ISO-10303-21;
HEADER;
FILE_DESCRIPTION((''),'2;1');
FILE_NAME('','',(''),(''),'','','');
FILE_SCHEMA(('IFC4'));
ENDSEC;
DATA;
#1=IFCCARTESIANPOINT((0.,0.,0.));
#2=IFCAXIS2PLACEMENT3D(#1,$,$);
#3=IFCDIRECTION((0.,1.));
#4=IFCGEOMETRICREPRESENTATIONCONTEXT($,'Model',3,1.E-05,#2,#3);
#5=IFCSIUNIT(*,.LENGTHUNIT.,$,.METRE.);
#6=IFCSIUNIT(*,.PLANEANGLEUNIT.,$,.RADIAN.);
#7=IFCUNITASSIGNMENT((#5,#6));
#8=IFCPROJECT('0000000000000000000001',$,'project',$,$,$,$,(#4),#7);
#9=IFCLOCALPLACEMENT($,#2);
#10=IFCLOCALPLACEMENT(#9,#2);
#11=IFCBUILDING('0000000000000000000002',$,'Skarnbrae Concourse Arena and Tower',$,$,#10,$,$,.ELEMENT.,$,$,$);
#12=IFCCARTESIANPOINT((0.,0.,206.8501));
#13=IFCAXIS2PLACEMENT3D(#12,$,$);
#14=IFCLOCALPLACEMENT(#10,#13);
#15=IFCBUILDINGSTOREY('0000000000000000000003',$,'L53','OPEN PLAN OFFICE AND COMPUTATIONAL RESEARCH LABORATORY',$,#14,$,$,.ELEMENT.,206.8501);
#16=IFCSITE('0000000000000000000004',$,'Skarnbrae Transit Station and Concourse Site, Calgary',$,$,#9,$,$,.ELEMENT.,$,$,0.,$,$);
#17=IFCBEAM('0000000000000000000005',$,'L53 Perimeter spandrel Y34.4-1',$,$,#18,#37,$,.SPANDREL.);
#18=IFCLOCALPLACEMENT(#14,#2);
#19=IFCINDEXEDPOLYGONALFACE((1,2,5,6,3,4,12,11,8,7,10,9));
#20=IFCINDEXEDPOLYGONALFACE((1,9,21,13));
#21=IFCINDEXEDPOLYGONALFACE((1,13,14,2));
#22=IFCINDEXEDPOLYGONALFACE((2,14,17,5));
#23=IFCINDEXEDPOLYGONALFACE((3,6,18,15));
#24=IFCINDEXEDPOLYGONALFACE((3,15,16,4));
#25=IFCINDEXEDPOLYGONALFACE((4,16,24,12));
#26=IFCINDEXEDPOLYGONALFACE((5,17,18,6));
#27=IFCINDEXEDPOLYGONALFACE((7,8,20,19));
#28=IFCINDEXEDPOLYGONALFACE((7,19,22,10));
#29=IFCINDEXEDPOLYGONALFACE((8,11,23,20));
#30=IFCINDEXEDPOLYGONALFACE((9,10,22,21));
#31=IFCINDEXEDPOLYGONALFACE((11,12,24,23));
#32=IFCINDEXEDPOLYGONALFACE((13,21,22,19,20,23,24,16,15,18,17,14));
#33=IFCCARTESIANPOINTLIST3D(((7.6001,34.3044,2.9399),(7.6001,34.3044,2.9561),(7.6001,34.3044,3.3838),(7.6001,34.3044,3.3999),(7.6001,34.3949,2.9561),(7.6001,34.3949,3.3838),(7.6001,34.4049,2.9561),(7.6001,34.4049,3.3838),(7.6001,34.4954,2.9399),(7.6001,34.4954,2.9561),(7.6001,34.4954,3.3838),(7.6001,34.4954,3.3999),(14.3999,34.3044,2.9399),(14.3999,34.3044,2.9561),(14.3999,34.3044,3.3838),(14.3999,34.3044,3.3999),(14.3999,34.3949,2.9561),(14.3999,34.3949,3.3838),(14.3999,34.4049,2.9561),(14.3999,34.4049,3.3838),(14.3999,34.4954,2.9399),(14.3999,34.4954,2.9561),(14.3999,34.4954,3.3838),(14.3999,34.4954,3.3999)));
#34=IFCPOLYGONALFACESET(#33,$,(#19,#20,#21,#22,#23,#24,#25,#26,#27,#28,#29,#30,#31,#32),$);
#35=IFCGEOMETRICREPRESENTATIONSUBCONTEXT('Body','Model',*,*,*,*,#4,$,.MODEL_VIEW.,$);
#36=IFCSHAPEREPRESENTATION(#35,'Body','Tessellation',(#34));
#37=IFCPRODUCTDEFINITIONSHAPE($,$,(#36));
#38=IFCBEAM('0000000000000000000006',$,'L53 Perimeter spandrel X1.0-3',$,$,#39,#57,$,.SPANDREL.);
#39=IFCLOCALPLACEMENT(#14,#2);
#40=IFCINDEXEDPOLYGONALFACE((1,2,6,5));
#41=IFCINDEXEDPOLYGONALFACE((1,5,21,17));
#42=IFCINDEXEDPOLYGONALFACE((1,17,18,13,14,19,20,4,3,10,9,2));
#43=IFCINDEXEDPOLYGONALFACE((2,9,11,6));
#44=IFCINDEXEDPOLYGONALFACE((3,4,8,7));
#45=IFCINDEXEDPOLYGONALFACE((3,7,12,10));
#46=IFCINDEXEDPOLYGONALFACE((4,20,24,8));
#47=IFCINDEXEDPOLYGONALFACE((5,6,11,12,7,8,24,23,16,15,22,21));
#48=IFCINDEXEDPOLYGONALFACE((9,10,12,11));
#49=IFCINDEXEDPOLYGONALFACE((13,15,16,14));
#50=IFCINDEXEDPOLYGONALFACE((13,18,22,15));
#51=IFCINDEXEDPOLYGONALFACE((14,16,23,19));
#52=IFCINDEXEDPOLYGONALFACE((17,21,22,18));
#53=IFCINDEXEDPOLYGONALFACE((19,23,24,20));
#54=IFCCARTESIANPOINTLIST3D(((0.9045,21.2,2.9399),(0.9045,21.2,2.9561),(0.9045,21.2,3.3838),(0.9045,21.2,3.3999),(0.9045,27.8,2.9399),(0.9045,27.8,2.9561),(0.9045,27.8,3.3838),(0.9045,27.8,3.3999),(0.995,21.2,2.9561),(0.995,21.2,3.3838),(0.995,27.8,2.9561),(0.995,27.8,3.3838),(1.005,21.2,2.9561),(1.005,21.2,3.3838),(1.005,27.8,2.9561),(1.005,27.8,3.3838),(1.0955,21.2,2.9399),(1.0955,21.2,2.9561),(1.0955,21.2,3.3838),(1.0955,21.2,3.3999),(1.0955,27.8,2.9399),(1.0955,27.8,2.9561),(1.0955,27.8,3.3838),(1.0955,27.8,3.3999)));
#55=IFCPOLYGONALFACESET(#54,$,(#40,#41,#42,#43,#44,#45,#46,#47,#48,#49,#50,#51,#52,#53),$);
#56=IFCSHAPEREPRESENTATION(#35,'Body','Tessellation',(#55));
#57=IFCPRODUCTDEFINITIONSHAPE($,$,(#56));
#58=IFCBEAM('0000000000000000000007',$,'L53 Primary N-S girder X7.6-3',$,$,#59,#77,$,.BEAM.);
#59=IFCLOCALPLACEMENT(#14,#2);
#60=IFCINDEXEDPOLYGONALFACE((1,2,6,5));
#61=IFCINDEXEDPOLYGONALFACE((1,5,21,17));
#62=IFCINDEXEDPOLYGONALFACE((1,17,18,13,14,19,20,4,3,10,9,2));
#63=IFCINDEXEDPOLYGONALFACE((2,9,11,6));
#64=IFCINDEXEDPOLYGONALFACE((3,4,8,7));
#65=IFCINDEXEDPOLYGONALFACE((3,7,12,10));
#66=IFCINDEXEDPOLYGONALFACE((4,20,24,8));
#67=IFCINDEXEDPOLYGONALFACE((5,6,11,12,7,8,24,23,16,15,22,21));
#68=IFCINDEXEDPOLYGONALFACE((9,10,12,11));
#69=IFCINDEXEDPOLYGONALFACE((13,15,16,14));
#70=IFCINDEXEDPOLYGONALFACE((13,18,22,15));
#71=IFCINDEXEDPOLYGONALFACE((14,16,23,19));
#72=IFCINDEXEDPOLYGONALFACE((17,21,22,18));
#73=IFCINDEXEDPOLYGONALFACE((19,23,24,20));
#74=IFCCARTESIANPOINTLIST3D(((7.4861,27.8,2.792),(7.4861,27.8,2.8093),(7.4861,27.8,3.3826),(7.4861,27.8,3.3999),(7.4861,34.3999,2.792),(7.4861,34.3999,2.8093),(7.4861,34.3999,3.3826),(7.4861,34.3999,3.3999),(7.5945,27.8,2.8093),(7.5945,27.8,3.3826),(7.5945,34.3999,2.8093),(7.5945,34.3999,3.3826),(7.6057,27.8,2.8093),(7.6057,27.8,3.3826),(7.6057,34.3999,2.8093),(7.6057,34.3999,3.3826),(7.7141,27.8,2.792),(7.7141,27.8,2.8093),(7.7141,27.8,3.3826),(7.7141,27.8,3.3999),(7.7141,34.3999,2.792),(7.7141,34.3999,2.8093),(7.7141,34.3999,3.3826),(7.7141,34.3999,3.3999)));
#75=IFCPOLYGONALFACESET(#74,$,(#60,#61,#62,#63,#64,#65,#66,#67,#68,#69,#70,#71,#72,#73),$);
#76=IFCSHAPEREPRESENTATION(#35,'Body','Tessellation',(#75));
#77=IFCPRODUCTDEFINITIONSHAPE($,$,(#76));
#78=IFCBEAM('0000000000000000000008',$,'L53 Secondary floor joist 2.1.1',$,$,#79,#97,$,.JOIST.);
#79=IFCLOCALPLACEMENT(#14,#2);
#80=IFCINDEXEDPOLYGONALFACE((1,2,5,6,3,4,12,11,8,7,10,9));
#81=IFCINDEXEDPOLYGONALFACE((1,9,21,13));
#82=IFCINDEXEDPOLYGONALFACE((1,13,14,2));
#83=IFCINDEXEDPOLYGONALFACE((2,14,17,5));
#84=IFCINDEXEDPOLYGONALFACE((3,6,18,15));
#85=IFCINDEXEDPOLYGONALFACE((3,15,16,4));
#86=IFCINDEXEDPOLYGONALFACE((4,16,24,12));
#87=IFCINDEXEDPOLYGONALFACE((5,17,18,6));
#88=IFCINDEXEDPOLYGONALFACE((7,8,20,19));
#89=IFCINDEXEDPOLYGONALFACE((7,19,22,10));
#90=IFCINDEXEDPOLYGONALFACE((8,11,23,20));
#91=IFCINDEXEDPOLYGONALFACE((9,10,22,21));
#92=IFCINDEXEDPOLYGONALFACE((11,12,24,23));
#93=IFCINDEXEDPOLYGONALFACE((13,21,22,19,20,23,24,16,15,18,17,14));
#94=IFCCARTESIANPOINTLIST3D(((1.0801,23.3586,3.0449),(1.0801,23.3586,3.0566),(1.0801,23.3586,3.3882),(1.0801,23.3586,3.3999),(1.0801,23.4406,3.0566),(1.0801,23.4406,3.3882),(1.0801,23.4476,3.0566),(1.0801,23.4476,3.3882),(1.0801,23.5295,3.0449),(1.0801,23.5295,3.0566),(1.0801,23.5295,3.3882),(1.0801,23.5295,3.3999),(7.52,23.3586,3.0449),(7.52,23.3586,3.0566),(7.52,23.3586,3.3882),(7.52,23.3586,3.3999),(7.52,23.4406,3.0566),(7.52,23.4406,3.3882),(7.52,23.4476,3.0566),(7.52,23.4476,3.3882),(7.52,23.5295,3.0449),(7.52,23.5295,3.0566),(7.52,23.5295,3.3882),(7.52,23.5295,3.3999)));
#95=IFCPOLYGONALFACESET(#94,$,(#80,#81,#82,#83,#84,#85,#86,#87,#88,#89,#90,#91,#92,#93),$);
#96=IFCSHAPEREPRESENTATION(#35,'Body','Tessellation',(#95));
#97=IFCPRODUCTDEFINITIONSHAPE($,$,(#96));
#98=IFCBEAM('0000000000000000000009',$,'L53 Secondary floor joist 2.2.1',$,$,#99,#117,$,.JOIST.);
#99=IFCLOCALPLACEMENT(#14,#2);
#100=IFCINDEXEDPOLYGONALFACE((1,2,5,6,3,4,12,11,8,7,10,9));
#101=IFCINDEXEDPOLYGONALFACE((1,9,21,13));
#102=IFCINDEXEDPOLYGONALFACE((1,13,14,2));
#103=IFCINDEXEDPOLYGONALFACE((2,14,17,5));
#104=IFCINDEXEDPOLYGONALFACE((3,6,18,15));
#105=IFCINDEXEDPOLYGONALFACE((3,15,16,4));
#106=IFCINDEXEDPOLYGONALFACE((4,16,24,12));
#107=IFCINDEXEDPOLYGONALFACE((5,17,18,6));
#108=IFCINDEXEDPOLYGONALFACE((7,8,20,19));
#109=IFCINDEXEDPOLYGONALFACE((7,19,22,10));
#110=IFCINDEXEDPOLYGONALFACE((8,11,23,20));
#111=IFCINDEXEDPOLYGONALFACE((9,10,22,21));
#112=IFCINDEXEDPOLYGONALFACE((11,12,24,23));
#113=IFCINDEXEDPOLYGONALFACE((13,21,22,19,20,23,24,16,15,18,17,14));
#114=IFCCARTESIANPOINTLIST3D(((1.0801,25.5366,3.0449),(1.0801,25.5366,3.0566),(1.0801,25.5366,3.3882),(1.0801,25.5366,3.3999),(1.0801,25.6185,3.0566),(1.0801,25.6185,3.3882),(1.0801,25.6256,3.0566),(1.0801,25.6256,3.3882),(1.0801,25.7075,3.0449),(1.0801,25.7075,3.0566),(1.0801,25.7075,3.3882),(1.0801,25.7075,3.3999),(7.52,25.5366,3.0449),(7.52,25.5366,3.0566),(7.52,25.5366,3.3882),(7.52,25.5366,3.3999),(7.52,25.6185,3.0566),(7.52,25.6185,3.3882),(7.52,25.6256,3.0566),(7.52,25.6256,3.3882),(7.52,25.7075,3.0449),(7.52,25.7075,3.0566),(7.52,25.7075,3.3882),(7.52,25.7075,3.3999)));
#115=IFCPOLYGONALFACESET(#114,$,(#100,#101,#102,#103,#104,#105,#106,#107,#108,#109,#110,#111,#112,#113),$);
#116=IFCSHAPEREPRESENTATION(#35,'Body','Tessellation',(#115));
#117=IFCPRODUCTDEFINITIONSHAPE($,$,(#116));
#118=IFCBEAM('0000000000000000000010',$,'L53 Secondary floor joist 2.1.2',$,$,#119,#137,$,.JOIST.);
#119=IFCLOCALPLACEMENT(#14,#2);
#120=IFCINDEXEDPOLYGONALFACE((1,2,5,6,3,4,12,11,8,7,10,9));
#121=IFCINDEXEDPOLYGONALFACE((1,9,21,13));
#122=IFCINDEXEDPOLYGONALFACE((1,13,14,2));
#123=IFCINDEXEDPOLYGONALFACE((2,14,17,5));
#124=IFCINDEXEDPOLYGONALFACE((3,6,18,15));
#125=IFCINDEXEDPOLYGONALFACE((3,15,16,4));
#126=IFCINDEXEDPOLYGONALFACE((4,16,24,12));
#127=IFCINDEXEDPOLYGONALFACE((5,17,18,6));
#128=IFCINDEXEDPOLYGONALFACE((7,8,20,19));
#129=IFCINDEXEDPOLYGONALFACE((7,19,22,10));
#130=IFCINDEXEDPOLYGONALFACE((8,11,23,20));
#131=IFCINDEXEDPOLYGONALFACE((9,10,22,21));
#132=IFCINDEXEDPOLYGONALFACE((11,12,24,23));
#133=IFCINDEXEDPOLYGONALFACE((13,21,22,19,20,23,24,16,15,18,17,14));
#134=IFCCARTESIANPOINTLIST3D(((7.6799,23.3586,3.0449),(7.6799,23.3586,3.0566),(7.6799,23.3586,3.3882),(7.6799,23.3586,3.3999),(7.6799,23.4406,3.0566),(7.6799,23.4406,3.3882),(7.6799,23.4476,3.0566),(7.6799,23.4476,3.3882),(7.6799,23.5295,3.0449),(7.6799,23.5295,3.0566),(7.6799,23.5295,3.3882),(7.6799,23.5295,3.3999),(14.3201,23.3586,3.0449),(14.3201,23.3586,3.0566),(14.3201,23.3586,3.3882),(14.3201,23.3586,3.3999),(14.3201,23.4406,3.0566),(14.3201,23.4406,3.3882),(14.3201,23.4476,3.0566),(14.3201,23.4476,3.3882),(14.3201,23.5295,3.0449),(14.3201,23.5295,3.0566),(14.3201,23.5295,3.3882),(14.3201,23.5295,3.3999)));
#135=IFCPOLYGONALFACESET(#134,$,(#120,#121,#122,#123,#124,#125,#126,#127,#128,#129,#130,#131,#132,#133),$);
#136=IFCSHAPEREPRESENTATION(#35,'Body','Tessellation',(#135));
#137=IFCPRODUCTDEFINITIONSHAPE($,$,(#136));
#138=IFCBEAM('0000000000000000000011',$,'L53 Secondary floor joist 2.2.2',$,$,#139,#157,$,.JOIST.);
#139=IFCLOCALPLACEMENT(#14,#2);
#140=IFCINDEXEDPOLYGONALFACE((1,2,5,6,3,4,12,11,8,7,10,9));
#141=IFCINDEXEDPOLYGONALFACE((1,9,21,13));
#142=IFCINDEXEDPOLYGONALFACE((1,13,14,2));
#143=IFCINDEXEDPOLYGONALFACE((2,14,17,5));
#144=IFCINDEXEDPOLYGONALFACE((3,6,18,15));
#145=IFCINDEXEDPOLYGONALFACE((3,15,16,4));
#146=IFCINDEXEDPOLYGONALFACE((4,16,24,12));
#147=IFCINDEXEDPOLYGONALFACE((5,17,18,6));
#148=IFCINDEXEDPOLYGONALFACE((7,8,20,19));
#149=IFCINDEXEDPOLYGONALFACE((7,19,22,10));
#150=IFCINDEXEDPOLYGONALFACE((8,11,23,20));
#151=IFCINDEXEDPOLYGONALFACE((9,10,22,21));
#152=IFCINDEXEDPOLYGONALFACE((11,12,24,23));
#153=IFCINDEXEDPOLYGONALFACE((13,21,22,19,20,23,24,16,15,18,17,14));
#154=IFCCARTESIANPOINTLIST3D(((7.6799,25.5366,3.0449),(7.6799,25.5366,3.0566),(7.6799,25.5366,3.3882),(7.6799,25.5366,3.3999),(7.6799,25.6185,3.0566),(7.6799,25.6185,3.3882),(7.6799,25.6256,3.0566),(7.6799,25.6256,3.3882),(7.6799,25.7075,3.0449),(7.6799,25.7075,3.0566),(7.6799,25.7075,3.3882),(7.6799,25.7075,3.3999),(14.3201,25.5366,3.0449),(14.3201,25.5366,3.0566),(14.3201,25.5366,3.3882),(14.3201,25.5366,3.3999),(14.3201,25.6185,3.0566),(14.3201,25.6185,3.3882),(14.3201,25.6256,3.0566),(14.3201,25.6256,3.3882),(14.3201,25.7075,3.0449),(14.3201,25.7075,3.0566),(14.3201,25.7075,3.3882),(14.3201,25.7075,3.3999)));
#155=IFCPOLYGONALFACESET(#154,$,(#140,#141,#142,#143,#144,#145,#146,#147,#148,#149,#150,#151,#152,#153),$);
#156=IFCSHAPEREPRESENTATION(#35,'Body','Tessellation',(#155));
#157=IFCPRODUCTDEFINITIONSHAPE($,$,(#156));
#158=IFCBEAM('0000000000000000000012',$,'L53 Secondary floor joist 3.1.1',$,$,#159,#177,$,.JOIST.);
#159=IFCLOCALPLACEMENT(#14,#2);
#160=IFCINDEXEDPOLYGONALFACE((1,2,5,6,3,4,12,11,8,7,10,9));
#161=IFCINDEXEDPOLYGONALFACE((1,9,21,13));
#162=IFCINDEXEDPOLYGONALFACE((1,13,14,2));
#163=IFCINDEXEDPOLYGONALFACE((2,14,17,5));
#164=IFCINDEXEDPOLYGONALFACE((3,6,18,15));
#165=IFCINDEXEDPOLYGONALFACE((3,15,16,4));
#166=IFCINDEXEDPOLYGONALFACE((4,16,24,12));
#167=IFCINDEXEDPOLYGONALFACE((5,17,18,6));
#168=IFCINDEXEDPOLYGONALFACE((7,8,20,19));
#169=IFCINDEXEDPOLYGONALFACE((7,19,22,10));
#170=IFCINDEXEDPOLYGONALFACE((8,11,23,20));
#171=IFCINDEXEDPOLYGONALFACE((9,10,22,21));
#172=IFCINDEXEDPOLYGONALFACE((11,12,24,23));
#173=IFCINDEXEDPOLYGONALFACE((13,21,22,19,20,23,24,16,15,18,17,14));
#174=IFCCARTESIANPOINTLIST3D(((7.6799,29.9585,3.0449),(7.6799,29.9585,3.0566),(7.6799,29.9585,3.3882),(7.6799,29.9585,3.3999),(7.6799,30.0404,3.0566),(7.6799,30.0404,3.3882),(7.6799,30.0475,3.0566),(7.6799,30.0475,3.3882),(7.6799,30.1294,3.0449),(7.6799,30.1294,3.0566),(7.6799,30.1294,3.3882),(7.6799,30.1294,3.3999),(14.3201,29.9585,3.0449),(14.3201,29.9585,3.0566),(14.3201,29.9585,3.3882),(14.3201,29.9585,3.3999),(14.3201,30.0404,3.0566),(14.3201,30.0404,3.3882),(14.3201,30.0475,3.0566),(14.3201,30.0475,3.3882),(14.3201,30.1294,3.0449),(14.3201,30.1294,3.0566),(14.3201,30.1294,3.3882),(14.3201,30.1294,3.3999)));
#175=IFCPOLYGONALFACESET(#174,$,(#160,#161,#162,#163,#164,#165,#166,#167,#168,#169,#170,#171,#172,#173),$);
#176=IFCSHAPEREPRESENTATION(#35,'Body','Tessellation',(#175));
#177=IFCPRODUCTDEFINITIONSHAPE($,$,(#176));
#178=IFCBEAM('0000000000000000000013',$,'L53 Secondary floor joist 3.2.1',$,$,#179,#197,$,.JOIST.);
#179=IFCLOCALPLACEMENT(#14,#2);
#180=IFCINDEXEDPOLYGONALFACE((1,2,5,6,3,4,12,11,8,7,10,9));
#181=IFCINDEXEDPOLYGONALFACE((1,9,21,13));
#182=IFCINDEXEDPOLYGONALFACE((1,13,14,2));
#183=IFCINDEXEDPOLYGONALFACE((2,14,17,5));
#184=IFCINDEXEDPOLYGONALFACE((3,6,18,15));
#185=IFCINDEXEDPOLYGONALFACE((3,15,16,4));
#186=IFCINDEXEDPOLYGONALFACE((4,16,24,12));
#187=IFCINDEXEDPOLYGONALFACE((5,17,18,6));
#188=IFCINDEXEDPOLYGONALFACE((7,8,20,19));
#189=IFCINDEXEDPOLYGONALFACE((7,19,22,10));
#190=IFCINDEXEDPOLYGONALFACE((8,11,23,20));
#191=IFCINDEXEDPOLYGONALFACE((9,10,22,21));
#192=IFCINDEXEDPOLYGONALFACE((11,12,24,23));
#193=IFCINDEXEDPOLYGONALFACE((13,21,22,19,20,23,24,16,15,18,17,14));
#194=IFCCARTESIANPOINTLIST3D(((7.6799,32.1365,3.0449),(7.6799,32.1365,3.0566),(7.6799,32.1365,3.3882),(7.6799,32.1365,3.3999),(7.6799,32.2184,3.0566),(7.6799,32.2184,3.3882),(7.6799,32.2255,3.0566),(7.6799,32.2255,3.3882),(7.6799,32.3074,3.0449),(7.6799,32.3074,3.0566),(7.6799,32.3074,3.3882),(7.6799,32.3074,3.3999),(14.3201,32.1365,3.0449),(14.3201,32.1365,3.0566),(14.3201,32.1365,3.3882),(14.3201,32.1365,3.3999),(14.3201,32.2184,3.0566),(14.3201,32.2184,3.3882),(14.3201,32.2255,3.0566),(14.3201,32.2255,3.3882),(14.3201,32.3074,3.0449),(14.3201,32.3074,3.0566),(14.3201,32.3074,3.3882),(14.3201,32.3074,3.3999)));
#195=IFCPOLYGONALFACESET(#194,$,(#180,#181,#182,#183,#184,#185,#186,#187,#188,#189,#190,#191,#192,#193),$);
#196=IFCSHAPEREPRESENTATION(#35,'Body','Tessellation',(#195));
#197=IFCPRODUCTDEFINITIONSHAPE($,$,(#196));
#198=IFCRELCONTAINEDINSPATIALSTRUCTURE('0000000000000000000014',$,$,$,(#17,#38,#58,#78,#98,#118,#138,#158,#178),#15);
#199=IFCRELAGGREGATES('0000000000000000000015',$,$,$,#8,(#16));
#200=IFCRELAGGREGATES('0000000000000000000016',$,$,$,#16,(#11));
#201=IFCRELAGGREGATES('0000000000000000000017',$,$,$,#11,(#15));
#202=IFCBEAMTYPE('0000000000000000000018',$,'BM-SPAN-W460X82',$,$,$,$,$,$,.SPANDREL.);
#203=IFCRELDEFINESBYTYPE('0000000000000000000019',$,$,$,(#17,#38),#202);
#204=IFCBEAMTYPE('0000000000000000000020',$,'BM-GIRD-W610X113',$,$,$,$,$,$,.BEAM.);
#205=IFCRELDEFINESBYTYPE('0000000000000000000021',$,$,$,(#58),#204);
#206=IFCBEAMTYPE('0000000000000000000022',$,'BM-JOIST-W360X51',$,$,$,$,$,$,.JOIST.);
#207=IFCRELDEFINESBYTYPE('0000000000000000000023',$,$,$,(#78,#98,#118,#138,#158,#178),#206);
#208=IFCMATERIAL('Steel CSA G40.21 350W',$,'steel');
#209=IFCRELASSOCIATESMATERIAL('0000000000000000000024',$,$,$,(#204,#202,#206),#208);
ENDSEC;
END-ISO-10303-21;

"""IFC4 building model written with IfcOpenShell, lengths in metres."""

from ifc_helpers import new_model, si_unit, direction, frame, origin, origin_2d, place, context, subcontext, project, spatial, i_section, extrude, source, transform, mapped, material, material_profile, profile_set, type_object, element, save


model = new_model("IFC4")

# Units and contexts
model_context = context("Model", 3, precision=1e-05, world=origin(), true_north=direction((0.0, 1.0)))
body_context = subcontext(model_context, "Body", "Model", "MODEL_VIEW")
ifc_project = project(units=[si_unit("LENGTHUNIT", "METRE"), si_unit("PLANEANGLEUNIT", "RADIAN")], contexts=[model_context])

# Site, building, storey
site_placement = place(None, origin())
site = spatial("IfcSite", under=ifc_project, at=site_placement, Name="Skarnbrae Transit Station and Concourse Site, Calgary", CompositionType="ELEMENT", RefElevation=0.0)
building_placement = place(site_placement, origin())
building = spatial("IfcBuilding", under=site, at=building_placement, Name="Skarnbrae Concourse Arena and Tower", CompositionType="ELEMENT")
storey_placement = place(building_placement, frame((0.0, 0.0, 206.8501)))
storey = spatial("IfcBuildingStorey", under=building, at=storey_placement, Name="L53", Description="OPEN PLAN OFFICE AND COMPUTATIONAL RESEARCH LABORATORY", CompositionType="ELEMENT", Elevation=206.8501)

# Shared definitions
ifc_material_1 = material(Name="Steel CSA G40.21 350W", Category="steel")

# Beams
ifc_material_profile_1 = material_profile(ifc_material_1, i_section(OverallWidth=0.228, OverallDepth=0.6079, WebThickness=0.0112, FlangeThickness=0.0173, at=origin_2d()), Name="W610X113")
ifc_profile_set_1 = profile_set([ifc_material_profile_1], Name="Steel CSA G40.21 350W")
beam_type_1 = type_object("IfcBeamType", Name="BM-GIRD-W610X113", PredefinedType="BEAM", material=ifc_profile_set_1)
ifc_material_profile_2 = material_profile(ifc_material_1, i_section(OverallWidth=0.1909, OverallDepth=0.46, WebThickness=0.01, FlangeThickness=0.0161, at=origin_2d()), Name="W460X82")
ifc_profile_set_2 = profile_set([ifc_material_profile_2], Name="Steel CSA G40.21 350W")
beam_type_2 = type_object("IfcBeamType", Name="BM-SPAN-W460X82", PredefinedType="SPANDREL", material=ifc_profile_set_2)
shared_shape_1 = source(origin(), body_context, "Body", "SweptSolid", [
    extrude(i_section(OverallWidth=0.1909, OverallDepth=0.46, WebThickness=0.01, FlangeThickness=0.0161, at=origin_2d()), origin(), (0.0, 0.0, 1.0), 6.7998),
])
beam_1_placement = place(storey_placement, frame((7.6001, 34.3999, 3.1699), z_axis=(1.0, 0.0, 0.0), x_axis=(0.0, 1.0, 0.0)))
element("IfcBeam", 1, at=beam_1_placement, inside=storey, type_object=beam_type_2, Name="L53 Perimeter spandrel Y34.4-1", PredefinedType="SPANDREL", context=body_context, shape_type="MappedRepresentation", body=[
    mapped(shared_shape_1, transform((0.0, 0.0, 0.0))),
])
shared_shape_2 = source(origin(), body_context, "Body", "SweptSolid", [
    extrude(i_section(OverallWidth=0.1909, OverallDepth=0.46, WebThickness=0.01, FlangeThickness=0.0161, at=origin_2d()), origin(), (0.0, 0.0, 1.0), 6.6001),
])
beam_2_placement = place(storey_placement, frame((1.0, 21.2, 3.1699), z_axis=(0.0, 1.0, 0.0), x_axis=(-1.0, 0.0, 0.0)))
element("IfcBeam", 2, at=beam_2_placement, inside=storey, type_object=beam_type_2, Name="L53 Perimeter spandrel X1.0-3", PredefinedType="SPANDREL", context=body_context, shape_type="MappedRepresentation", body=[
    mapped(shared_shape_2, transform((0.0, 0.0, 0.0))),
])
shared_shape_3 = source(origin(), body_context, "Body", "SweptSolid", [
    extrude(i_section(OverallWidth=0.228, OverallDepth=0.6079, WebThickness=0.0112, FlangeThickness=0.0173, at=origin_2d()), origin(), (0.0, 0.0, 1.0), 6.5999),
])
beam_3_placement = place(storey_placement, frame((7.6001, 27.8, 3.0959), z_axis=(0.0, 1.0, 0.0), x_axis=(-1.0, 0.0, 0.0)))
element("IfcBeam", 3, at=beam_3_placement, inside=storey, type_object=beam_type_1, Name="L53 Primary N-S girder X7.6-3", PredefinedType="BEAM", context=body_context, shape_type="MappedRepresentation", body=[
    mapped(shared_shape_3, transform((0.0, 0.0, 0.0))),
])
ifc_material_profile_3 = material_profile(ifc_material_1, i_section(OverallWidth=0.1709, OverallDepth=0.355, WebThickness=0.0071, FlangeThickness=0.0117, at=origin_2d()), Name="W360X51")
ifc_profile_set_3 = profile_set([ifc_material_profile_3], Name="Steel CSA G40.21 350W")
beam_type_3 = type_object("IfcBeamType", Name="BM-JOIST-W360X51", PredefinedType="JOIST", material=ifc_profile_set_3)
shared_shape_4 = source(origin(), body_context, "Body", "SweptSolid", [
    extrude(i_section(OverallWidth=0.1709, OverallDepth=0.355, WebThickness=0.0071, FlangeThickness=0.0117, at=origin_2d()), origin(), (0.0, 0.0, 1.0), 6.4399),
])
for number, where, z_axis, x_axis, name in (
    (4, (1.0801, 23.4441, 3.2224), (1.0, 0.0, 0.0), (0.0, 1.0, 0.0), "L53 Secondary floor joist 2.1.1"),
    (5, (1.0801, 25.6221, 3.2224), (1.0, 0.0, 0.0), (0.0, 1.0, 0.0), "L53 Secondary floor joist 2.2.1"),
):
    element("IfcBeam", number, at=place(storey_placement, frame(where, z_axis=z_axis, x_axis=x_axis)), inside=storey, type_object=beam_type_3, Name=name, PredefinedType="JOIST", context=body_context, shape_type="MappedRepresentation", body=[
        mapped(shared_shape_4, transform((0.0, 0.0, 0.0))),
    ])
shared_shape_5 = source(origin(), body_context, "Body", "SweptSolid", [
    extrude(i_section(OverallWidth=0.1709, OverallDepth=0.355, WebThickness=0.0071, FlangeThickness=0.0117, at=origin_2d()), origin(), (0.0, 0.0, 1.0), 6.6401),
])
for number, where, z_axis, x_axis, name in (
    (6, (7.6799, 23.4441, 3.2224), (1.0, 0.0, 0.0), (0.0, 1.0, 0.0), "L53 Secondary floor joist 2.1.2"),
    (7, (7.6799, 25.6221, 3.2224), (1.0, 0.0, 0.0), (0.0, 1.0, 0.0), "L53 Secondary floor joist 2.2.2"),
    (8, (7.6799, 30.0439, 3.2224), (1.0, 0.0, 0.0), (0.0, 1.0, 0.0), "L53 Secondary floor joist 3.1.1"),
    (9, (7.6799, 32.2219, 3.2224), (1.0, 0.0, 0.0), (0.0, 1.0, 0.0), "L53 Secondary floor joist 3.2.1"),
):
    element("IfcBeam", number, at=place(storey_placement, frame(where, z_axis=z_axis, x_axis=x_axis)), inside=storey, type_object=beam_type_3, Name=name, PredefinedType="JOIST", context=body_context, shape_type="MappedRepresentation", body=[
        mapped(shared_shape_5, transform((0.0, 0.0, 0.0))),
    ])

save(model, "model.ifc")
